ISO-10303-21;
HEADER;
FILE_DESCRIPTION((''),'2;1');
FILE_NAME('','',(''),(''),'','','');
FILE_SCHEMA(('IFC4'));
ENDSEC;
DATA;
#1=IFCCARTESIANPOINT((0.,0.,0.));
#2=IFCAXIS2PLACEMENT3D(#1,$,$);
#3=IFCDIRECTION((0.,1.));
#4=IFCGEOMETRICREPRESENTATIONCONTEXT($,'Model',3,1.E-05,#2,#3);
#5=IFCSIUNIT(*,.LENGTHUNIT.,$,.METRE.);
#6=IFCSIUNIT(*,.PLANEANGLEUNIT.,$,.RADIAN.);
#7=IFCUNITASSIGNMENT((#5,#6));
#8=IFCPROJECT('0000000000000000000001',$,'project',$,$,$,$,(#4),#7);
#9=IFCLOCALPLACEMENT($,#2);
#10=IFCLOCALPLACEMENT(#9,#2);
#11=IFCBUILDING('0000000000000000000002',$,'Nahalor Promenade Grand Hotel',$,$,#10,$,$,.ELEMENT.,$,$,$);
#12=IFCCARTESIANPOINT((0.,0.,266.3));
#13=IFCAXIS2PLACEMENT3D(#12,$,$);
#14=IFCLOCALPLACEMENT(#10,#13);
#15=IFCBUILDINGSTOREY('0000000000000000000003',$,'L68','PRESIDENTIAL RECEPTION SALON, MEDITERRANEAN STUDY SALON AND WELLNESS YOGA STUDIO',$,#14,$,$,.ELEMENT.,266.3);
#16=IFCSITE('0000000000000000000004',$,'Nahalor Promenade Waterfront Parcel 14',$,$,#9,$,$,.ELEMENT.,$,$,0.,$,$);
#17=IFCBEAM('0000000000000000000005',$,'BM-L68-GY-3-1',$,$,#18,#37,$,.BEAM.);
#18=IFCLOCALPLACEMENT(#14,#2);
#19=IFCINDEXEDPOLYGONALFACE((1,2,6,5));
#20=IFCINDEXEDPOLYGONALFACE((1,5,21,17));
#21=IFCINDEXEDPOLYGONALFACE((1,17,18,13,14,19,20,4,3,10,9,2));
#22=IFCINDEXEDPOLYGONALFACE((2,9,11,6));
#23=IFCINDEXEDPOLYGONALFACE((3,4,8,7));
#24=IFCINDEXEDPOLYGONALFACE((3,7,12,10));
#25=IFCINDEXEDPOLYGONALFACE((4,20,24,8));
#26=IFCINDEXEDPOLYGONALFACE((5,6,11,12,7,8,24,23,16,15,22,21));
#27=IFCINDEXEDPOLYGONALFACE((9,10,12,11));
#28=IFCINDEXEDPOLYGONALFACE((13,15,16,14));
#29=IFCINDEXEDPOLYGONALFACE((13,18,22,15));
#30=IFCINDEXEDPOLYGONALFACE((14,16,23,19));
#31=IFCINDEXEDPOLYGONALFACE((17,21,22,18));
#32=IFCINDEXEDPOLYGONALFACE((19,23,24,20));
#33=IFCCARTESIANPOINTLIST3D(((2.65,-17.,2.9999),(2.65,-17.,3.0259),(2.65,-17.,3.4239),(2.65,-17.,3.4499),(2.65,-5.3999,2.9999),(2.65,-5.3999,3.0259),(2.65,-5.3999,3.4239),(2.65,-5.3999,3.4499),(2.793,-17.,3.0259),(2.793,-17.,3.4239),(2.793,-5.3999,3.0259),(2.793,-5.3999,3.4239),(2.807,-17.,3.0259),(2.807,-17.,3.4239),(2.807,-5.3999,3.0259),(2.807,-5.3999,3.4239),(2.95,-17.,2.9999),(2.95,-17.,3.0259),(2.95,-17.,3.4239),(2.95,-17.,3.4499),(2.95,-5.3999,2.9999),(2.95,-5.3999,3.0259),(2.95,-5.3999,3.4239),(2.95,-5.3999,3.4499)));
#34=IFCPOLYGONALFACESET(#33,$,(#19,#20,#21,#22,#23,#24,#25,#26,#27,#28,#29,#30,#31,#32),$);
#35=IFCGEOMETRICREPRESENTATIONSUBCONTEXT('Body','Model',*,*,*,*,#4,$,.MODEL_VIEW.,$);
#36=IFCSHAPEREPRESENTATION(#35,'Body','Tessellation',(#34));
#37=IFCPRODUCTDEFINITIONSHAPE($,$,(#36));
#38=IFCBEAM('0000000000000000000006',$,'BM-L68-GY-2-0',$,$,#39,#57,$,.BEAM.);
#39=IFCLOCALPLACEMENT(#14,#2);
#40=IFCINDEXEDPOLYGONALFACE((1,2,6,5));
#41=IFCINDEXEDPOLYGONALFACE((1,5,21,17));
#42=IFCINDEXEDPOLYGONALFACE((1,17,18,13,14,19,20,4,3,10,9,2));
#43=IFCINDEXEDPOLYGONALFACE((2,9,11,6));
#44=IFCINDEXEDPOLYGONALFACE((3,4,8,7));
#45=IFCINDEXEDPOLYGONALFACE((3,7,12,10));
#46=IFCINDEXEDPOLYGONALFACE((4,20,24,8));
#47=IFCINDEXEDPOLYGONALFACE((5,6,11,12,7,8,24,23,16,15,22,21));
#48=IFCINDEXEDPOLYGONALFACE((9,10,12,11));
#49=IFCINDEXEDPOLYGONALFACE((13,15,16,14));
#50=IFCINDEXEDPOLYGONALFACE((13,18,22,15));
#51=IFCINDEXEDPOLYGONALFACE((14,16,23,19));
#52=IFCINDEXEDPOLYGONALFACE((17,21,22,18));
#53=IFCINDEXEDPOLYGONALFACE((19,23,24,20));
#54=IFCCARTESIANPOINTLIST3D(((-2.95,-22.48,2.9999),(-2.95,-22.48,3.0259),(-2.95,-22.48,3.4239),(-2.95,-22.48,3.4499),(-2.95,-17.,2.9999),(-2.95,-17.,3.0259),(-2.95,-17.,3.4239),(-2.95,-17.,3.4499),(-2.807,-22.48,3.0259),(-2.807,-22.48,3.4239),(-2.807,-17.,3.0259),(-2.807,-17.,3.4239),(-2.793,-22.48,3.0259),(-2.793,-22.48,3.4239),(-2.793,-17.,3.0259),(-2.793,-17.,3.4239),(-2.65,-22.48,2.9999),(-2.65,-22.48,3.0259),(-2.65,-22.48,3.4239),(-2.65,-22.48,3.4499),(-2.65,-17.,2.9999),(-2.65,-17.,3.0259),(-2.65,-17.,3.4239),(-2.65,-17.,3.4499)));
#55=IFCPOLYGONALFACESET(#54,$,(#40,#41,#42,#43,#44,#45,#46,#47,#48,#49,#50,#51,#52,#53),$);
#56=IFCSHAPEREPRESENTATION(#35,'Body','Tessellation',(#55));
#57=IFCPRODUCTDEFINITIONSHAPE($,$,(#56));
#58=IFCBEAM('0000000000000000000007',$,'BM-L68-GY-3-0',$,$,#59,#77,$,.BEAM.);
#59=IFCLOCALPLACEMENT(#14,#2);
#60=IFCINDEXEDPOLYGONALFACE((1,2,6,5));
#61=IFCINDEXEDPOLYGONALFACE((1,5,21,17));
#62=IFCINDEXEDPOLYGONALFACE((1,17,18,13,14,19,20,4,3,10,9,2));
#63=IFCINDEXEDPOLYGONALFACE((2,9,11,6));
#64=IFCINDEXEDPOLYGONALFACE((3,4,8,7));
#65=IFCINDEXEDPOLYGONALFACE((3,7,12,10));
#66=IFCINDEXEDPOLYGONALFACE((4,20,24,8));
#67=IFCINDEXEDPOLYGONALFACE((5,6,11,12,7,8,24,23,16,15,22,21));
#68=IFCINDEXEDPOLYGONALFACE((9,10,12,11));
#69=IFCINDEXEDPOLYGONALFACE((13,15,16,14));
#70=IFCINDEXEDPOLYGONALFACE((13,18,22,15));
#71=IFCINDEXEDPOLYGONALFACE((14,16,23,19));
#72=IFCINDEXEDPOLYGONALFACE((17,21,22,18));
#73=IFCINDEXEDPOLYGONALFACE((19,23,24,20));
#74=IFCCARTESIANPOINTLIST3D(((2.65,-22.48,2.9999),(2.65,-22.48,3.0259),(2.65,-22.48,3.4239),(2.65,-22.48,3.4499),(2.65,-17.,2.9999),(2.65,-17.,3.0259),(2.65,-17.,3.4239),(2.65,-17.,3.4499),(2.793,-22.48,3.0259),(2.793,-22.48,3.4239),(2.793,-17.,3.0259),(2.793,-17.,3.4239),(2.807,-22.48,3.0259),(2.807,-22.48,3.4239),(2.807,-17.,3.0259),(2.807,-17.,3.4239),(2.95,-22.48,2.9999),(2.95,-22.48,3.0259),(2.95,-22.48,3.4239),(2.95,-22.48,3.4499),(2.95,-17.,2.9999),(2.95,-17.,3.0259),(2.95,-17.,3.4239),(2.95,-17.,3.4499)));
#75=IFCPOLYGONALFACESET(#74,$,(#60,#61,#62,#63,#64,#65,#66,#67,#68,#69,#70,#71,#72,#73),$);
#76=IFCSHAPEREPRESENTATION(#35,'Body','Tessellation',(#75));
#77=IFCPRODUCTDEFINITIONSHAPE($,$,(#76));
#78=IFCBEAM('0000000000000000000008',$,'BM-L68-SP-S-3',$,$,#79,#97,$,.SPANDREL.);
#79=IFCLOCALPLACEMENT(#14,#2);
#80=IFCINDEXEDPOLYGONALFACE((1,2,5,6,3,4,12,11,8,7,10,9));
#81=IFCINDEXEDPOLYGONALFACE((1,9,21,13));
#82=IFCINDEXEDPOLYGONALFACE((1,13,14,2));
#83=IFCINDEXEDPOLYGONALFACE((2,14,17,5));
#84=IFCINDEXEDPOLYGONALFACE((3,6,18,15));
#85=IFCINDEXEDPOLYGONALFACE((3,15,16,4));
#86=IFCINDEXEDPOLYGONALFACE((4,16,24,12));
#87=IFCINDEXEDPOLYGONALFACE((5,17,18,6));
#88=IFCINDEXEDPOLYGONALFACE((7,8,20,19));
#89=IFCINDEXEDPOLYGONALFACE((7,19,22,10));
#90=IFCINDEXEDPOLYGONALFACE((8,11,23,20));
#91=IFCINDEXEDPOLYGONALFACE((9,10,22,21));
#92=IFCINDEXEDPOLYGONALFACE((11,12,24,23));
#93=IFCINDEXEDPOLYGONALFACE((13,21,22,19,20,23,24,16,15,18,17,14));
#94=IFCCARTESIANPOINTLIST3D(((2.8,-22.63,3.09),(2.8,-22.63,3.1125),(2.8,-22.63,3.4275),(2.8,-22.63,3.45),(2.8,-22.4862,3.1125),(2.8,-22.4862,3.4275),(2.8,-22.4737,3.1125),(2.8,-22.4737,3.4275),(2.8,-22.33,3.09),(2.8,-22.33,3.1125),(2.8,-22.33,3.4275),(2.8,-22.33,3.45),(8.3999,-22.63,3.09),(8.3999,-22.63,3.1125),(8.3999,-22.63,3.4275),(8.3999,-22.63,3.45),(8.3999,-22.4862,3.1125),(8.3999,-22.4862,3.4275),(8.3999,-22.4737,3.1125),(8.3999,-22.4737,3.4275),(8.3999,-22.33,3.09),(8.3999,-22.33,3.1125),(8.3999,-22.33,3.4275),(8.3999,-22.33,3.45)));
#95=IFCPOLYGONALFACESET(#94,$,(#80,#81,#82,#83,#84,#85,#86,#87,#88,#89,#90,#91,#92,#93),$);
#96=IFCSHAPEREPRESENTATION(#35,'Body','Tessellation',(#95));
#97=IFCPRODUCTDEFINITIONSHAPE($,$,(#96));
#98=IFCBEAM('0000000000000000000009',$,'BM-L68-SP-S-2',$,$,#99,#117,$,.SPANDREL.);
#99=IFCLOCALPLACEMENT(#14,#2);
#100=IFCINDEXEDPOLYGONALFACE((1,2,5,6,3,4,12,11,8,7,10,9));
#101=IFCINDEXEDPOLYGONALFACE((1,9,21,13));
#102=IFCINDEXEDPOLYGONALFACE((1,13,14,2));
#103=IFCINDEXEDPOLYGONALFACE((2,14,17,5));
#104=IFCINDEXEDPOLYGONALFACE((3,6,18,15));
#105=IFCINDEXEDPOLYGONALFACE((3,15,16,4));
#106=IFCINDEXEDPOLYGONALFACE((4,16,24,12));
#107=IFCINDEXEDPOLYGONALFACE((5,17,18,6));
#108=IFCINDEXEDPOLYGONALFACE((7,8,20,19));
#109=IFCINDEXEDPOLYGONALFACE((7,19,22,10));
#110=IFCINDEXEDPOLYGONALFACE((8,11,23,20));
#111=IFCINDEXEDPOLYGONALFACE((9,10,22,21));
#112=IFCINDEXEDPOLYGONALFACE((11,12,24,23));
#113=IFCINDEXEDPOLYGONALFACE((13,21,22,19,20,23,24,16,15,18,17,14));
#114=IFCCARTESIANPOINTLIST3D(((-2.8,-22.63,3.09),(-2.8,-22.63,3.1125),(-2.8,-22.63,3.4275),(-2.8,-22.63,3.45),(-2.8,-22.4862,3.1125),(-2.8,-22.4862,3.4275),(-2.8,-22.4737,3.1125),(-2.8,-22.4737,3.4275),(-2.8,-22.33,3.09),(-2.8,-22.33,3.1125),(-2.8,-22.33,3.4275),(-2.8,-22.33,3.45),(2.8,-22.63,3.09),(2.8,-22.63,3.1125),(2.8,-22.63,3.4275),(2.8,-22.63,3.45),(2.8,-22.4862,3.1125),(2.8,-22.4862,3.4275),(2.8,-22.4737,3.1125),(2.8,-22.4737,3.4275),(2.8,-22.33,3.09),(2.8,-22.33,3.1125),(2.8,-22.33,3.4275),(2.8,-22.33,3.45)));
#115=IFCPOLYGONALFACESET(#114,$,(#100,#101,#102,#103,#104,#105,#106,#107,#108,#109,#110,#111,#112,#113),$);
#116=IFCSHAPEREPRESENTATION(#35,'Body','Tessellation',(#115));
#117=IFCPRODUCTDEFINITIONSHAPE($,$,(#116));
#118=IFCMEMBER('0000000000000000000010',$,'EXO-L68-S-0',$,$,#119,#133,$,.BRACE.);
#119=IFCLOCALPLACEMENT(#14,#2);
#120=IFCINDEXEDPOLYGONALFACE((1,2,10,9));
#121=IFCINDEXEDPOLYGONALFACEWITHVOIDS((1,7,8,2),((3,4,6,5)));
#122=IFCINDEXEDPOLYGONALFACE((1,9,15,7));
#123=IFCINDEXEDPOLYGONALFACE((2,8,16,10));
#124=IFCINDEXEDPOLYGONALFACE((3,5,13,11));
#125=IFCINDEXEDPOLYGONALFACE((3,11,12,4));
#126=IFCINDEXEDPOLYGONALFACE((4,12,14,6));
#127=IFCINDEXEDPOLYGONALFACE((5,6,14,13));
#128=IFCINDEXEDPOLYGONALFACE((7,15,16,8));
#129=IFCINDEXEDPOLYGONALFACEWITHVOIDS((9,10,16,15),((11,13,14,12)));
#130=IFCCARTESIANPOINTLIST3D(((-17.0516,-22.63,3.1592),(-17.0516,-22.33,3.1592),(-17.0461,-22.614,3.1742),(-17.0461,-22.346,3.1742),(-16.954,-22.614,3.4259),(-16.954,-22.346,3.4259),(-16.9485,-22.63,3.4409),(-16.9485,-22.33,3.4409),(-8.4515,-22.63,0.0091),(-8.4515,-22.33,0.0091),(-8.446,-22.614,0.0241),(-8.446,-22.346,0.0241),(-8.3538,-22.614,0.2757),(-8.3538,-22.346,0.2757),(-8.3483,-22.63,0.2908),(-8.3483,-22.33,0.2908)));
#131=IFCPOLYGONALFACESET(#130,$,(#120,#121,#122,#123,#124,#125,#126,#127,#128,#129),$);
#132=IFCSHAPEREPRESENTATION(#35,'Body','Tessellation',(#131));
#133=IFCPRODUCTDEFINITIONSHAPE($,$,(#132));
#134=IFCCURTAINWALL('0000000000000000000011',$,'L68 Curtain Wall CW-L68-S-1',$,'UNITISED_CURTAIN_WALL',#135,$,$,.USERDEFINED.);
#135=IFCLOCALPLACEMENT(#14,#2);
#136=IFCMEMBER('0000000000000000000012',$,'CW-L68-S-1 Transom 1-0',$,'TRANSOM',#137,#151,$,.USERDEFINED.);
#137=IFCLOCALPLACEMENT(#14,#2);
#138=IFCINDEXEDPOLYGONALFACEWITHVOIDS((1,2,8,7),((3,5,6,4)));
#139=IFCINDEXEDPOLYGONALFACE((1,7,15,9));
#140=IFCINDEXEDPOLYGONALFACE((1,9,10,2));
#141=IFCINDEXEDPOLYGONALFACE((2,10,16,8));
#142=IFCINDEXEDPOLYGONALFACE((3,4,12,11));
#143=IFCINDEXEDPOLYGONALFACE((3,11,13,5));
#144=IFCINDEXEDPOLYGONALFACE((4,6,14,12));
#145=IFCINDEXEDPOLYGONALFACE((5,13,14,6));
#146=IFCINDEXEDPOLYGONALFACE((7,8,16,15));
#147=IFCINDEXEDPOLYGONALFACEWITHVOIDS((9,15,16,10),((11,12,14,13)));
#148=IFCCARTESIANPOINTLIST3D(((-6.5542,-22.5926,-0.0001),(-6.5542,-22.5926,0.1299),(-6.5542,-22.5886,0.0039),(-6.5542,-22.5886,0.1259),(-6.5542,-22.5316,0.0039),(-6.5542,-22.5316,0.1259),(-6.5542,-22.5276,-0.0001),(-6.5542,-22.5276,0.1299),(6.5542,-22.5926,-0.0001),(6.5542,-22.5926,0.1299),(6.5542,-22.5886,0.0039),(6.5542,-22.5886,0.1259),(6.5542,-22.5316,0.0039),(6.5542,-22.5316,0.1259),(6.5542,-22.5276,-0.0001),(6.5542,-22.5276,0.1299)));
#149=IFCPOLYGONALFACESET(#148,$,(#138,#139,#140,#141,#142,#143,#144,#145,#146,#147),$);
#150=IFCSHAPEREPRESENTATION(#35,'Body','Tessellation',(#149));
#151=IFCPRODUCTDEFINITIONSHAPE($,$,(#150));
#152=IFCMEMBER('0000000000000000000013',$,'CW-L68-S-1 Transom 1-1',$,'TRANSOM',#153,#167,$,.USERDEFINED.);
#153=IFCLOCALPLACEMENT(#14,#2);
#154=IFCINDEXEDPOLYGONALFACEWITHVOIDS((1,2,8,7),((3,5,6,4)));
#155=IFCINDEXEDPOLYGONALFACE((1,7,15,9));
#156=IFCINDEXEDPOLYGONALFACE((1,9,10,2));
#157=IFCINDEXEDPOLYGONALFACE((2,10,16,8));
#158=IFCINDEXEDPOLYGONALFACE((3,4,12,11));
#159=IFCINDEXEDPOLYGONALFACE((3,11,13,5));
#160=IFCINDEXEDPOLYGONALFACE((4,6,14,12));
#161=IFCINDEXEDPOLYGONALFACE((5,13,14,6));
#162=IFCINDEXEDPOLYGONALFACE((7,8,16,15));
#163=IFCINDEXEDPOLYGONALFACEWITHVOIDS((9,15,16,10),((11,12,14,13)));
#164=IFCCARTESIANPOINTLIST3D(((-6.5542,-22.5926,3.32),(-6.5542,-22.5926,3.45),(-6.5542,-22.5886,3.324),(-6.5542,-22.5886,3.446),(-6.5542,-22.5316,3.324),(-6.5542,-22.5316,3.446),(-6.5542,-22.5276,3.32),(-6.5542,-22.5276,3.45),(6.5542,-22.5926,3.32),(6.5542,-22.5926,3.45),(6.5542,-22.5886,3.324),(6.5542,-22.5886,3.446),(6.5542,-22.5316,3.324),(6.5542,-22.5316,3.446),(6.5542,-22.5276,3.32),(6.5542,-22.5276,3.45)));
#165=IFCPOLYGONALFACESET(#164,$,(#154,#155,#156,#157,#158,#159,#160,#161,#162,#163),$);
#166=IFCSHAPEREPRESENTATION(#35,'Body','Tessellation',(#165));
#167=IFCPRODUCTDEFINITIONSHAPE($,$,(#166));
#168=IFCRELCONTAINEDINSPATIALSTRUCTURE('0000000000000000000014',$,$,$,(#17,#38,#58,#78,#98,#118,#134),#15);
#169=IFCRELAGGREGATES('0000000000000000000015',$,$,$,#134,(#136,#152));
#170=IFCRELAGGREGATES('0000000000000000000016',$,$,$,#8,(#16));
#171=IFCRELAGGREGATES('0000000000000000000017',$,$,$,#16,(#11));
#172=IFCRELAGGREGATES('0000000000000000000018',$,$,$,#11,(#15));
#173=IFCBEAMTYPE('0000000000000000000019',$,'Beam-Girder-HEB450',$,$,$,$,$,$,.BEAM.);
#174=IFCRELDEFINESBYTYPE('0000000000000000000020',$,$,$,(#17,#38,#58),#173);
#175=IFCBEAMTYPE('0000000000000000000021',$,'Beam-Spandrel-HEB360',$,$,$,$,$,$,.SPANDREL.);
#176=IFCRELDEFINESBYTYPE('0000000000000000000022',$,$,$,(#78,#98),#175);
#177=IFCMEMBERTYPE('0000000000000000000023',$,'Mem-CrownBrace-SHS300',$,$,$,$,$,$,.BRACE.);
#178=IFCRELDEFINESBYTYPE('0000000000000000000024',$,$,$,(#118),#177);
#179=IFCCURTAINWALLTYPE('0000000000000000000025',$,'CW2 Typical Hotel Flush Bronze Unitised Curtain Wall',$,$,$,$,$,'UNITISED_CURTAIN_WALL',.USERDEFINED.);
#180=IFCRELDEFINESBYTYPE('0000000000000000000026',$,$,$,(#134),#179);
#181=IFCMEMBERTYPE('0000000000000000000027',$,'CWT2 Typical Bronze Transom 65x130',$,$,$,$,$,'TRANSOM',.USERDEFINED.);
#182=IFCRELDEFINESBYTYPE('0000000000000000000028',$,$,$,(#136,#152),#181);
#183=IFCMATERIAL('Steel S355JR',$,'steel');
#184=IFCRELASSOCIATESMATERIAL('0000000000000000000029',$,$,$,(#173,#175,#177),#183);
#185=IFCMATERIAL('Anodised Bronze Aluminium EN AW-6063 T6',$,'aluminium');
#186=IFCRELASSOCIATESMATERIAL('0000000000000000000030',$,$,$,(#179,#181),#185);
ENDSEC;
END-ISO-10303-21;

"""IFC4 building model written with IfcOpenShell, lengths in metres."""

from ifc_helpers import new_model, si_unit, direction, frame, origin, origin_2d, place, context, subcontext, project, spatial, hollow_rectangle, i_section, extrude, source, transform, mapped, material, material_profile, profile_set, type_object, element, aggregate, save


model = new_model("IFC4")

# Units and contexts
model_context = context("Model", 3, precision=1e-05, world=origin(), true_north=direction((0.0, 1.0)))
body_context = subcontext(model_context, "Body", "Model", "MODEL_VIEW")
ifc_project = project(units=[si_unit("LENGTHUNIT", "METRE"), si_unit("PLANEANGLEUNIT", "RADIAN")], contexts=[model_context])

# Site, building, storey
site_placement = place(None, origin())
site = spatial("IfcSite", under=ifc_project, at=site_placement, Name="Nahalor Promenade Waterfront Parcel 14", CompositionType="ELEMENT", RefElevation=0.0)
building_placement = place(site_placement, origin())
building = spatial("IfcBuilding", under=site, at=building_placement, Name="Nahalor Promenade Grand Hotel", CompositionType="ELEMENT")
storey_placement = place(building_placement, frame((0.0, 0.0, 266.3)))
storey = spatial("IfcBuildingStorey", under=building, at=storey_placement, Name="L68", Description="PRESIDENTIAL RECEPTION SALON, MEDITERRANEAN STUDY SALON AND WELLNESS YOGA STUDIO", CompositionType="ELEMENT", Elevation=266.3)

# Shared definitions
ifc_material_1 = material(Name="Steel S355JR", Category="steel")

# Beams
ifc_material_profile_1 = material_profile(ifc_material_1, i_section(OverallWidth=0.3, OverallDepth=0.45, WebThickness=0.014, FlangeThickness=0.026, at=origin_2d()), Name="HEB 450")
ifc_profile_set_1 = profile_set([ifc_material_profile_1], Name="Steel S355JR")
beam_type_1 = type_object("IfcBeamType", Name="Beam-Girder-HEB450", PredefinedType="BEAM", material=ifc_profile_set_1)
shared_shape_1 = source(origin(), body_context, "Body", "SweptSolid", [
    extrude(i_section(OverallWidth=0.3, OverallDepth=0.45, WebThickness=0.014, FlangeThickness=0.026, at=origin_2d()), origin(), (0.0, 0.0, 1.0), 11.6001),
])
for number, where, z_axis, x_axis, name in (
    (1, (2.8, -17.0, 3.2249), (0.0, 1.0, 0.0), (-1.0, 0.0, 0.0), "BM-L68-GY-3-1"),
):
    element("IfcBeam", number, at=place(storey_placement, frame(where, z_axis=z_axis, x_axis=x_axis)), inside=storey, type_object=beam_type_1, Name=name, PredefinedType="BEAM", context=body_context, shape_type="MappedRepresentation", body=[
        mapped(shared_shape_1, transform((0.0, 0.0, 0.0), scale=1.0)),
    ])
shared_shape_2 = source(origin(), body_context, "Body", "SweptSolid", [
    extrude(i_section(OverallWidth=0.3, OverallDepth=0.45, WebThickness=0.014, FlangeThickness=0.026, at=origin_2d()), origin(), (0.0, 0.0, 1.0), 5.48),
])
for number, where, z_axis, x_axis, name in (
    (2, (-2.8, -22.48, 3.2249), (0.0, 1.0, 0.0), (-1.0, 0.0, 0.0), "BM-L68-GY-2-0"),
    (3, (2.8, -22.48, 3.2249), (0.0, 1.0, 0.0), (-1.0, 0.0, 0.0), "BM-L68-GY-3-0"),
):
    element("IfcBeam", number, at=place(storey_placement, frame(where, z_axis=z_axis, x_axis=x_axis)), inside=storey, type_object=beam_type_1, Name=name, PredefinedType="BEAM", context=body_context, shape_type="MappedRepresentation", body=[
        mapped(shared_shape_2, transform((0.0, 0.0, 0.0), scale=1.0)),
    ])
ifc_material_profile_2 = material_profile(ifc_material_1, i_section(OverallWidth=0.3, OverallDepth=0.36, WebThickness=0.0125, FlangeThickness=0.0225, at=origin_2d()), Name="HEB 360")
ifc_profile_set_2 = profile_set([ifc_material_profile_2], Name="Steel S355JR")
beam_type_2 = type_object("IfcBeamType", Name="Beam-Spandrel-HEB360", PredefinedType="SPANDREL", material=ifc_profile_set_2)
shared_shape_3 = source(origin(), body_context, "Body", "SweptSolid", [
    extrude(i_section(OverallWidth=0.3, OverallDepth=0.36, WebThickness=0.0125, FlangeThickness=0.0225, at=origin_2d()), origin(), (0.0, 0.0, 1.0), 5.5999),
])
beam_1_placement = place(storey_placement, frame((2.8, -22.48, 3.27), z_axis=(1.0, 0.0, 0.0), x_axis=(0.0, 1.0, 0.0)))
element("IfcBeam", 4, at=beam_1_placement, inside=storey, type_object=beam_type_2, Name="BM-L68-SP-S-3", PredefinedType="SPANDREL", context=body_context, shape_type="MappedRepresentation", body=[
    mapped(shared_shape_3, transform((0.0, 0.0, 0.0), scale=1.0)),
])
shared_shape_4 = source(origin(), body_context, "Body", "SweptSolid", [
    extrude(i_section(OverallWidth=0.3, OverallDepth=0.36, WebThickness=0.0125, FlangeThickness=0.0225, at=origin_2d()), origin(), (0.0, 0.0, 1.0), 5.6001),
])
beam_2_placement = place(storey_placement, frame((-2.8, -22.48, 3.27), z_axis=(1.0, 0.0, 0.0), x_axis=(0.0, 1.0, 0.0)))
element("IfcBeam", 5, at=beam_2_placement, inside=storey, type_object=beam_type_2, Name="BM-L68-SP-S-2", PredefinedType="SPANDREL", context=body_context, shape_type="MappedRepresentation", body=[
    mapped(shared_shape_4, transform((0.0, 0.0, 0.0), scale=1.0)),
])

# Member
ifc_material_profile_3 = material_profile(ifc_material_1, hollow_rectangle(XDim=0.3, YDim=0.3, WallThickness=0.016, at=origin_2d()), Name="SHS 300x300x16")
ifc_profile_set_3 = profile_set([ifc_material_profile_3], Name="Steel S355JR")
member_type_1 = type_object("IfcMemberType", Name="Mem-CrownBrace-SHS300", PredefinedType="BRACE", material=ifc_profile_set_3)
shared_shape_5 = source(origin(), body_context, "Body", "SweptSolid", [
    extrude(hollow_rectangle(XDim=0.3, YDim=0.3, WallThickness=0.016, at=origin_2d()), origin(), (0.0, 0.0, 1.0), 9.1589),
])
member_1_placement = place(storey_placement, frame((-8.3999, -22.48, 0.1499), z_axis=(-0.93899, 0.0, 0.343944), x_axis=(0.0, -1.0, 0.0)))
element("IfcMember", 6, at=member_1_placement, inside=storey, type_object=member_type_1, Name="EXO-L68-S-0", PredefinedType="BRACE", context=body_context, shape_type="MappedRepresentation", body=[
    mapped(shared_shape_5, transform((0.0, 0.0, 0.0), scale=1.0)),
])

# Curtain wall, members
ifc_material_2 = material(Name="Anodised Bronze Aluminium EN AW-6063 T6", Category="aluminium")
curtain_wall_type = type_object("IfcCurtainWallType", Name="CW2 Typical Hotel Flush Bronze Unitised Curtain Wall", ElementType="UNITISED_CURTAIN_WALL", PredefinedType="USERDEFINED", material=ifc_material_2)
curtain_wall_placement = place(storey_placement, origin())
curtain_wall = element("IfcCurtainWall", 7, at=curtain_wall_placement, inside=storey, type_object=curtain_wall_type, Name="L68 Curtain Wall CW-L68-S-1", ObjectType="UNITISED_CURTAIN_WALL", PredefinedType="USERDEFINED")
ifc_material_profile_4 = material_profile(ifc_material_2, hollow_rectangle(XDim=0.065, YDim=0.13, WallThickness=0.004, at=origin_2d()), Name="CWT 65x130x4")
ifc_profile_set_4 = profile_set([ifc_material_profile_4], Name="Anodised Bronze Aluminium EN AW-6063 T6")
member_type_2 = type_object("IfcMemberType", Name="CWT2 Typical Bronze Transom 65x130", ElementType="TRANSOM", PredefinedType="USERDEFINED", material=ifc_profile_set_4)
shared_shape_6 = source(origin(), body_context, "Body", "SweptSolid", [
    extrude(hollow_rectangle(XDim=0.065, YDim=0.13, WallThickness=0.004, at=origin_2d()), origin(), (0.0, 0.0, 1.0), 13.1084),
])
member_2_placement = place(storey_placement, frame((-6.5542, -22.5601, 0.0649), z_axis=(1.0, 0.0, 0.0), x_axis=(0.0, 1.0, 0.0)))
member_2 = element("IfcMember", 8, at=member_2_placement, type_object=member_type_2, Name="CW-L68-S-1 Transom 1-0", ObjectType="TRANSOM", PredefinedType="USERDEFINED", context=body_context, shape_type="MappedRepresentation", body=[
    mapped(shared_shape_6, transform((0.0, 0.0, 0.0), scale=1.0)),
])
member_3_placement = place(storey_placement, frame((-6.5542, -22.5601, 3.385), z_axis=(1.0, 0.0, 0.0), x_axis=(0.0, 1.0, 0.0)))
member_3 = element("IfcMember", 9, at=member_3_placement, type_object=member_type_2, Name="CW-L68-S-1 Transom 1-1", ObjectType="TRANSOM", PredefinedType="USERDEFINED", context=body_context, shape_type="MappedRepresentation", body=[
    mapped(shared_shape_6, transform((0.0, 0.0, 0.0), scale=1.0)),
])
aggregate(curtain_wall, [member_2, member_3])

save(model, "model.ifc")
